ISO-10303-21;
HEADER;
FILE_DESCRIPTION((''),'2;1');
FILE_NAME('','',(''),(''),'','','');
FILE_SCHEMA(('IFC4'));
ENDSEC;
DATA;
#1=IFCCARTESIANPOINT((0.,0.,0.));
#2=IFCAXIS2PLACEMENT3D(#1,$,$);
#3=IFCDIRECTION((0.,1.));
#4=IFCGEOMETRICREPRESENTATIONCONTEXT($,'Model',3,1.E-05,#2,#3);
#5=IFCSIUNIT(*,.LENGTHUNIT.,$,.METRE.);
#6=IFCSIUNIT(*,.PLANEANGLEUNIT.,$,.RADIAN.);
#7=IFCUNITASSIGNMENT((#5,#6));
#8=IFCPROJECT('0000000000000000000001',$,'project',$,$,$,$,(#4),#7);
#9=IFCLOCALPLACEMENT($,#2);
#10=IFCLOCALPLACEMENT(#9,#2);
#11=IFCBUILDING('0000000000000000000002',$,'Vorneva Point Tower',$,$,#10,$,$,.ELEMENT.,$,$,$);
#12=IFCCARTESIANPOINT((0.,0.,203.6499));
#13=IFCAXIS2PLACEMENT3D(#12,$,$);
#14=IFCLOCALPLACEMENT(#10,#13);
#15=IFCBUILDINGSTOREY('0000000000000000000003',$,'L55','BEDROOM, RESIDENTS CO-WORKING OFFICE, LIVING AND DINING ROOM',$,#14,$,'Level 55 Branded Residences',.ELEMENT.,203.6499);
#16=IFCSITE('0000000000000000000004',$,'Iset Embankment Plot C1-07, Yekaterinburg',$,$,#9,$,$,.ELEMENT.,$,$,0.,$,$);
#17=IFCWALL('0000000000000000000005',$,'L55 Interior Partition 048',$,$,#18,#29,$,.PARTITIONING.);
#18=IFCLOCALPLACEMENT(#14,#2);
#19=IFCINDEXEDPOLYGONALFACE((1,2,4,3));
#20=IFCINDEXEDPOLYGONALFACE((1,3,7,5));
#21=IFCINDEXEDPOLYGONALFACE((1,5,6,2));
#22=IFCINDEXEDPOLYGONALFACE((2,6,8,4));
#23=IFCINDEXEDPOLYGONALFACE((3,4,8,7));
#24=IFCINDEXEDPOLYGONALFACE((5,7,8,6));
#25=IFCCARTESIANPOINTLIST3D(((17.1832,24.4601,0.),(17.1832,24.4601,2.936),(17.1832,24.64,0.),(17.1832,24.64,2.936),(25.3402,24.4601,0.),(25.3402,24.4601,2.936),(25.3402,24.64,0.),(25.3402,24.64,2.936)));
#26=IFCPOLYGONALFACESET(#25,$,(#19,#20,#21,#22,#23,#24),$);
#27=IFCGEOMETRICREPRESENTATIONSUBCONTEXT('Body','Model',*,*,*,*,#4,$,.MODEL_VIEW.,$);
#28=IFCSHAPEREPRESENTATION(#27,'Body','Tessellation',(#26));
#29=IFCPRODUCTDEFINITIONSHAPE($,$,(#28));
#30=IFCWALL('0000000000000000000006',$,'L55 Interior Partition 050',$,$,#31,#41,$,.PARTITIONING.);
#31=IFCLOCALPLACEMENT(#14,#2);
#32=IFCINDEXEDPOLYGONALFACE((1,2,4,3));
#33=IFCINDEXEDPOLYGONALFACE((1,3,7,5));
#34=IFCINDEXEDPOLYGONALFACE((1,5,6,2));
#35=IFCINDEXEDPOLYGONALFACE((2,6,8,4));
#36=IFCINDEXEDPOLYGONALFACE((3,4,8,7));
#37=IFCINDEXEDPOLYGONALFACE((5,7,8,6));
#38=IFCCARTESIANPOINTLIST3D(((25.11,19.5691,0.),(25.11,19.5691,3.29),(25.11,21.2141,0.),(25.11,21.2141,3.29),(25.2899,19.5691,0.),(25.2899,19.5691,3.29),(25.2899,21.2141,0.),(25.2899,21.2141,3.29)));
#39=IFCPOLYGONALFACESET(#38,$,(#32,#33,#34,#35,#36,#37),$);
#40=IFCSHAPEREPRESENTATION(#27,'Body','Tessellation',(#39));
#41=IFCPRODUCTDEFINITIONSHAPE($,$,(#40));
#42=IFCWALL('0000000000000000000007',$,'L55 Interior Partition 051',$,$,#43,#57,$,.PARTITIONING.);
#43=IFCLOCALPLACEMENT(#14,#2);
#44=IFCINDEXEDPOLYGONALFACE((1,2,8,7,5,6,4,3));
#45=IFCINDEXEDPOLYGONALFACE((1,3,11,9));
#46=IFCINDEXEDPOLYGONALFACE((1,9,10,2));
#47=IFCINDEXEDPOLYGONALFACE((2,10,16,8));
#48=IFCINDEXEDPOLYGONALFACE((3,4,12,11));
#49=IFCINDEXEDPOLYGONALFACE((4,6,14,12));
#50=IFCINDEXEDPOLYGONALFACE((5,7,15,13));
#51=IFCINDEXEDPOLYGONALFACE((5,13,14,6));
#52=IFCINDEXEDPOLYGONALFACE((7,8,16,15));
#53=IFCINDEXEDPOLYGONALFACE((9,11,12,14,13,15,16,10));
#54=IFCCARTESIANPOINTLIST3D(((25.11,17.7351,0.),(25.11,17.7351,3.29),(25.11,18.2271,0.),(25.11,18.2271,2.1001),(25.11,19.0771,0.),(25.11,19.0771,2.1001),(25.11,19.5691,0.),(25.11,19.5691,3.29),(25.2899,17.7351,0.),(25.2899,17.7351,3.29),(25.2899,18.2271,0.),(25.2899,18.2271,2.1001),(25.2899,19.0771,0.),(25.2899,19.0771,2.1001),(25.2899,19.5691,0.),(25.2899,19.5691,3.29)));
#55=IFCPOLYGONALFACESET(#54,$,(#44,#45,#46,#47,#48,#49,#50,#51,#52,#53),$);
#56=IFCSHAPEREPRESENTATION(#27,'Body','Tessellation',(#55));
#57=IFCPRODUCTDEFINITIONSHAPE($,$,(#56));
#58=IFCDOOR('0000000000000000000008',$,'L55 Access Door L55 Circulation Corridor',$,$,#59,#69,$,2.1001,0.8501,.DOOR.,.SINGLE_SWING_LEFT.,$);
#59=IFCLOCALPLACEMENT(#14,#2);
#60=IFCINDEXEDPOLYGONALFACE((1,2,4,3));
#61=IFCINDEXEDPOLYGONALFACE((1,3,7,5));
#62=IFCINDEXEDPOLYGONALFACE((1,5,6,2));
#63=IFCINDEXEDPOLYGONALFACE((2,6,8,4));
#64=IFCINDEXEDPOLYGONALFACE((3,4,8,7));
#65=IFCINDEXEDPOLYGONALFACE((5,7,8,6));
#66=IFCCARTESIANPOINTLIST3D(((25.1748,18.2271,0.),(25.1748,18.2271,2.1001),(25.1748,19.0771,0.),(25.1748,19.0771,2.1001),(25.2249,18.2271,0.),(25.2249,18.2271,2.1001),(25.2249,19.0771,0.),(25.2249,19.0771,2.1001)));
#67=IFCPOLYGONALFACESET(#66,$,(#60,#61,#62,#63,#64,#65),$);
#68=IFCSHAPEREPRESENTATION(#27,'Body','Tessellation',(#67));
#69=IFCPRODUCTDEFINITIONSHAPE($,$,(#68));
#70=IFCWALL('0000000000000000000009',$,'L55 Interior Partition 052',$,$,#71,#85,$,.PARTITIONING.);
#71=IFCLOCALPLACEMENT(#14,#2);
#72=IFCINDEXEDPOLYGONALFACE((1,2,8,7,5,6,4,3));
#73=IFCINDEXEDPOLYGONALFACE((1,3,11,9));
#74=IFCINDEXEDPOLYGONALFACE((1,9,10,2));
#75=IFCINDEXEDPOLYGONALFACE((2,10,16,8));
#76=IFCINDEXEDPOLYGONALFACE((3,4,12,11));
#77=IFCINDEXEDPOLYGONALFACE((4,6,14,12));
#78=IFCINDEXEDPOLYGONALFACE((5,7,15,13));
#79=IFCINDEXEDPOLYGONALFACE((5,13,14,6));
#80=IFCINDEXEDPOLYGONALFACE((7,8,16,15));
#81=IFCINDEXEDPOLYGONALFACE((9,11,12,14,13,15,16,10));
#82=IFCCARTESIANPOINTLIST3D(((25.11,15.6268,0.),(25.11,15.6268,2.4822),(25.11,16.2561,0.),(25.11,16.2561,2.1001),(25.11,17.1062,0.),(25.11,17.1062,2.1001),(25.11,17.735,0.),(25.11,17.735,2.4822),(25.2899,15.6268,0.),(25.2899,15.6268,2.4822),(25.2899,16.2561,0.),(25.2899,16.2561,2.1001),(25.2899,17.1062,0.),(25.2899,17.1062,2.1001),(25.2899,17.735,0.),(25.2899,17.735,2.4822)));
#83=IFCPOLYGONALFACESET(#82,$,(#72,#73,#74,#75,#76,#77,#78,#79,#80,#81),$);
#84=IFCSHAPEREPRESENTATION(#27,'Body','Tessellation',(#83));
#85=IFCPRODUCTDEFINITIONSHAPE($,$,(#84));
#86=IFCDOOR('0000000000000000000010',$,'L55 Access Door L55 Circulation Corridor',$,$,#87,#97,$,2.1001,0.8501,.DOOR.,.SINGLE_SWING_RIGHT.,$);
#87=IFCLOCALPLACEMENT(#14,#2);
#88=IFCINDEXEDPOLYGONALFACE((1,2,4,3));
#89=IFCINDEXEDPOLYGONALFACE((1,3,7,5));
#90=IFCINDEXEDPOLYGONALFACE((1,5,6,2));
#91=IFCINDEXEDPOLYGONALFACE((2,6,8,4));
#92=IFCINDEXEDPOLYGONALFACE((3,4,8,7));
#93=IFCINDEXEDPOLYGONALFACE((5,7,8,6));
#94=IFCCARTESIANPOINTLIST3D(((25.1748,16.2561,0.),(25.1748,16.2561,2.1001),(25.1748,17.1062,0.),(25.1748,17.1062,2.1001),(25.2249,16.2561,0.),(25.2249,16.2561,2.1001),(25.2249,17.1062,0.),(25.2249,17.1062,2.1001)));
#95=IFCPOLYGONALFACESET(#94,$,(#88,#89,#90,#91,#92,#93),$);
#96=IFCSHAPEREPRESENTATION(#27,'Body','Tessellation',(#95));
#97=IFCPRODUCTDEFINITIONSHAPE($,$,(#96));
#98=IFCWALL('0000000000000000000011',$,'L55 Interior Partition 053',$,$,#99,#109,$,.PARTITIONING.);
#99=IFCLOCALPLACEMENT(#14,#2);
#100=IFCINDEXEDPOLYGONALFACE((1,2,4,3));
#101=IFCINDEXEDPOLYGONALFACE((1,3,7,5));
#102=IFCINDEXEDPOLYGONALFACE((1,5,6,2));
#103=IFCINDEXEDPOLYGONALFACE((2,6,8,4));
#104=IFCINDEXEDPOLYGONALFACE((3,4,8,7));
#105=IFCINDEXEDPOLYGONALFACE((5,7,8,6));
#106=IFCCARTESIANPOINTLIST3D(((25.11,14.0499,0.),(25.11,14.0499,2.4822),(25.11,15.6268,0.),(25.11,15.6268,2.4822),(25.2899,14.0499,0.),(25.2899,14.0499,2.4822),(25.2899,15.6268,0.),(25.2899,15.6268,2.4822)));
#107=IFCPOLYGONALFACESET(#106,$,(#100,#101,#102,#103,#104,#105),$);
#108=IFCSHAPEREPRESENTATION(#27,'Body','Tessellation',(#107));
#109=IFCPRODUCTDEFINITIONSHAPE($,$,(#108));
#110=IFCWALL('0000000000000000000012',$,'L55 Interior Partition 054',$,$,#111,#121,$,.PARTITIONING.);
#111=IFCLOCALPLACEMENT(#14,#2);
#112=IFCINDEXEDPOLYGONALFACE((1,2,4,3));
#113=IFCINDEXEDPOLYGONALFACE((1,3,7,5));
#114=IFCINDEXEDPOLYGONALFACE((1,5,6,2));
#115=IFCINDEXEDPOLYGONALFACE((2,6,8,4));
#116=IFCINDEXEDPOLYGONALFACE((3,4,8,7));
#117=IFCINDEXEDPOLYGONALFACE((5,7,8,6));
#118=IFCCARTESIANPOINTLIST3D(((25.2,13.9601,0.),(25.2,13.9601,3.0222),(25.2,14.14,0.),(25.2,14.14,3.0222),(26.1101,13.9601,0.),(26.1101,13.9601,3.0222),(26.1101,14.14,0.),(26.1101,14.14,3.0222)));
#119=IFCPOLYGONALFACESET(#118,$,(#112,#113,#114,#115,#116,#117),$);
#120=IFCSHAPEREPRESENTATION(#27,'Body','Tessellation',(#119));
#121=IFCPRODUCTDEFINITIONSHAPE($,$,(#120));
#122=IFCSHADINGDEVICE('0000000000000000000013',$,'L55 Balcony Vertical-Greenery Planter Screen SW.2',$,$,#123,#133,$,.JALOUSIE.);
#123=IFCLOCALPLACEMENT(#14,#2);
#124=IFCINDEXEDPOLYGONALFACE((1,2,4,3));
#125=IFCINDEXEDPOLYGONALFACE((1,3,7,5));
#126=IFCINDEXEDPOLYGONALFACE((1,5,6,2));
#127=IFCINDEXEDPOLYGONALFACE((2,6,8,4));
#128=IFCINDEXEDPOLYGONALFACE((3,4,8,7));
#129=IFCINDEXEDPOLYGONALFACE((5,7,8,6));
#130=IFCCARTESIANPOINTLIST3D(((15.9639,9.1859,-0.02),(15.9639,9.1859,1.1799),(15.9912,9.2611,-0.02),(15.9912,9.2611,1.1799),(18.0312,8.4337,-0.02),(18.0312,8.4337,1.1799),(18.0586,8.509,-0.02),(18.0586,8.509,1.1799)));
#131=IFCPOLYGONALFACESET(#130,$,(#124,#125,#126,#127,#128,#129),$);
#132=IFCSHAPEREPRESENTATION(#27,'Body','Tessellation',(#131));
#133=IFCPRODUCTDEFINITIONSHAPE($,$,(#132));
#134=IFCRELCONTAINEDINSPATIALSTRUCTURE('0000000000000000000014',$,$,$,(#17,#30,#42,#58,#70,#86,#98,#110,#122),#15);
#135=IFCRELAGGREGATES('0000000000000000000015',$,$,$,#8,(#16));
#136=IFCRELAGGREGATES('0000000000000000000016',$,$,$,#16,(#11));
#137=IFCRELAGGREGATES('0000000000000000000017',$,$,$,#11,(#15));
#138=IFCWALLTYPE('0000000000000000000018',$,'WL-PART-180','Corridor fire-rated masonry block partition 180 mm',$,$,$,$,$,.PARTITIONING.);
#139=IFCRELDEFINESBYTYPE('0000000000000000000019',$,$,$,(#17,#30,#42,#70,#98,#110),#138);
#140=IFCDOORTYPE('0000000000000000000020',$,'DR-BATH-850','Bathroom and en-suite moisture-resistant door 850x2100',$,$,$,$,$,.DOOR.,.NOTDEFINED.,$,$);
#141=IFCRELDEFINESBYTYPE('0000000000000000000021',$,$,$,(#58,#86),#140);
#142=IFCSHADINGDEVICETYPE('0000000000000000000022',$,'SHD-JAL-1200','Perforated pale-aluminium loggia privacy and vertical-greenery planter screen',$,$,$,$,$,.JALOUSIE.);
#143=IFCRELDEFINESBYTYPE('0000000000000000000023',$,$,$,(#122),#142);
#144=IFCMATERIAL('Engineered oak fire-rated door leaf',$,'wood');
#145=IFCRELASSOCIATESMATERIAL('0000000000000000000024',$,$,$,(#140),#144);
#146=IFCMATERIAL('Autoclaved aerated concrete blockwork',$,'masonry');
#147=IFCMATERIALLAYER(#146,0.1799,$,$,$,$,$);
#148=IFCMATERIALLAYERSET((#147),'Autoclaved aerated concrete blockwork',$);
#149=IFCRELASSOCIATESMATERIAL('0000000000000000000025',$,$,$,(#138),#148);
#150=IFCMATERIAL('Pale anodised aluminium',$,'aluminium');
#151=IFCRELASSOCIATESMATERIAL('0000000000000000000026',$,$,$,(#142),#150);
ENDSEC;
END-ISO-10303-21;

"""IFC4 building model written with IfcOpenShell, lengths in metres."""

from ifc_helpers import new_model, si_unit, direction, frame, frame_2d, origin, origin_2d, place, context, subcontext, project, spatial, rectangle, extrude, material, layer, layer_set, type_object, element, fill, save


model = new_model("IFC4")

# Units and contexts
model_context = context("Model", 3, precision=1e-05, world=origin(), true_north=direction((0.0, 1.0)))
body_context = subcontext(model_context, "Body", "Model", "MODEL_VIEW")
ifc_project = project(units=[si_unit("LENGTHUNIT", "METRE"), si_unit("PLANEANGLEUNIT", "RADIAN")], contexts=[model_context])

# Site, building, storey
site_placement = place(None, origin())
site = spatial("IfcSite", under=ifc_project, at=site_placement, Name="Iset Embankment Plot C1-07, Yekaterinburg", CompositionType="ELEMENT", RefElevation=0.0)
building_placement = place(site_placement, origin())
building = spatial("IfcBuilding", under=site, at=building_placement, Name="Vorneva Point Tower", CompositionType="ELEMENT")
storey_placement = place(building_placement, frame((0.0, 0.0, 203.6499)))
storey = spatial("IfcBuildingStorey", under=building, at=storey_placement, Name="L55", Description="BEDROOM, RESIDENTS CO-WORKING OFFICE, LIVING AND DINING ROOM", LongName="Level 55 Branded Residences", CompositionType="ELEMENT", Elevation=203.6499)

# Shared definitions
ifc_material_1 = material(Name="Pale anodised aluminium", Category="aluminium")

# Shared definitions
ifc_material_2 = material(Name="Engineered oak fire-rated door leaf", Category="wood")
door_type_1 = type_object("IfcDoorType", Name="DR-BATH-850", Description="Bathroom and en-suite moisture-resistant door 850x2100", OperationType="NOTDEFINED", PredefinedType="DOOR", material=ifc_material_2)

# Shared definitions
ifc_material_3 = material(Name="Autoclaved aerated concrete blockwork", Category="masonry")
ifc_layer_1 = layer(ifc_material_3, 0.1799)
ifc_layer_set_1 = layer_set([ifc_layer_1], Name="Autoclaved aerated concrete blockwork")
wall_type_1 = type_object("IfcWallType", Name="WL-PART-180", Description="Corridor fire-rated masonry block partition 180 mm", PredefinedType="PARTITIONING", material=ifc_layer_set_1)

# Walls
wall_1_placement = place(storey_placement, frame((17.1831, 24.55, 0.0), z_axis=(0.0, 0.0, 1.0), x_axis=(1.0, 0.0, 0.0)))
element("IfcWall", 1, at=wall_1_placement, inside=storey, type_object=wall_type_1, Name="L55 Interior Partition 048", PredefinedType="PARTITIONING", context=body_context, shape_type="SweptSolid", body=[
    extrude(rectangle(XDim=8.157, YDim=0.1799, at=frame_2d((4.0786, 0.0))), origin(), (0.0, 0.0, 1.0), 2.936),
])
wall_2_placement = place(storey_placement, frame((25.2, 21.2141, 0.0), z_axis=(0.0, 0.0, 1.0), x_axis=(0.0, -1.0, 0.0)))
element("IfcWall", 2, at=wall_2_placement, inside=storey, type_object=wall_type_1, Name="L55 Interior Partition 050", PredefinedType="PARTITIONING", context=body_context, shape_type="SweptSolid", body=[
    extrude(rectangle(XDim=1.645, YDim=0.1799, at=frame_2d((0.8225, 0.0))), origin(), (0.0, 0.0, 1.0), 3.29),
])

# Walls, openings, doors
wall_3_placement = place(storey_placement, frame((25.2, 19.5691, 0.0), z_axis=(0.0, 0.0, 1.0), x_axis=(0.0, -1.0, 0.0)))
wall_3 = element("IfcWall", 3, at=wall_3_placement, inside=storey, type_object=wall_type_1, Name="L55 Interior Partition 051", PredefinedType="PARTITIONING", context=body_context, shape_type="SweptSolid", body=[
    extrude(rectangle(XDim=1.834, YDim=0.1799, at=frame_2d((0.917, 0.0))), origin(), (0.0, 0.0, 1.0), 3.29),
])
opening_1_placement = place(wall_3_placement, frame((0.4919, 0.0, 0.0)))
opening_1 = element("IfcOpeningElement", 4, at=opening_1_placement, cuts=wall_3, PredefinedType="OPENING", context=body_context, shape_type="SweptSolid", body=[
    extrude(rectangle(XDim=0.8501, YDim=2.1001, at=frame_2d((0.425, 1.05))), frame((0.0, 0.105, 0.0), z_axis=(0.0, -1.0, 0.0), x_axis=(1.0, 0.0, 0.0)), (0.0, 0.0, 1.0), 0.2097),
])
door_1_placement = place(opening_1_placement, origin())
door_1 = element("IfcDoor", 5, at=door_1_placement, inside=storey, type_object=door_type_1, Name="L55 Access Door L55 Circulation Corridor", OperationType="SINGLE_SWING_LEFT", OverallHeight=2.1001, OverallWidth=0.8501, PredefinedType="DOOR", context=body_context, shape_type="SweptSolid", body=[
    extrude(rectangle(XDim=0.8501, YDim=2.1001, at=frame_2d((0.425, 1.05))), frame((0.0, 0.0249, 0.0), z_axis=(0.0, -1.0, 0.0), x_axis=(1.0, 0.0, 0.0)), (0.0, 0.0, 1.0), 0.05),
])
fill(opening_1, door_1)
wall_4_placement = place(storey_placement, frame((25.2, 17.7351, 0.0), z_axis=(0.0, 0.0, 1.0), x_axis=(0.0, -1.0, 0.0)))
wall_4 = element("IfcWall", 6, at=wall_4_placement, inside=storey, type_object=wall_type_1, Name="L55 Interior Partition 052", PredefinedType="PARTITIONING", context=body_context, shape_type="SweptSolid", body=[
    extrude(rectangle(XDim=2.1082, YDim=0.1799, at=frame_2d((1.0542, 0.0))), origin(), (0.0, 0.0, 1.0), 2.4822),
])
opening_2_placement = place(wall_4_placement, frame((0.6289, 0.0, 0.0)))
opening_2 = element("IfcOpeningElement", 7, at=opening_2_placement, cuts=wall_4, PredefinedType="OPENING", context=body_context, shape_type="SweptSolid", body=[
    extrude(rectangle(XDim=0.8501, YDim=2.1001, at=frame_2d((0.425, 1.05))), frame((0.0, 0.105, 0.0), z_axis=(0.0, -1.0, 0.0), x_axis=(1.0, 0.0, 0.0)), (0.0, 0.0, 1.0), 0.2097),
])
door_2_placement = place(opening_2_placement, origin())
door_2 = element("IfcDoor", 8, at=door_2_placement, inside=storey, type_object=door_type_1, Name="L55 Access Door L55 Circulation Corridor", OperationType="SINGLE_SWING_RIGHT", OverallHeight=2.1001, OverallWidth=0.8501, PredefinedType="DOOR", context=body_context, shape_type="SweptSolid", body=[
    extrude(rectangle(XDim=0.8501, YDim=2.1001, at=frame_2d((0.425, 1.05))), frame((0.0, 0.0249, 0.0), z_axis=(0.0, -1.0, 0.0), x_axis=(1.0, 0.0, 0.0)), (0.0, 0.0, 1.0), 0.05),
])
fill(opening_2, door_2)

# Walls
wall_5_placement = place(storey_placement, frame((25.2, 15.627, 0.0), z_axis=(0.0, 0.0, 1.0), x_axis=(0.0, -1.0, 0.0)))
element("IfcWall", 9, at=wall_5_placement, inside=storey, type_object=wall_type_1, Name="L55 Interior Partition 053", PredefinedType="PARTITIONING", context=body_context, shape_type="SweptSolid", body=[
    extrude(rectangle(XDim=1.5769, YDim=0.1799, at=frame_2d((0.7886, 0.0))), origin(), (0.0, 0.0, 1.0), 2.4822),
])
wall_6_placement = place(storey_placement, frame((25.2, 14.05, 0.0), z_axis=(0.0, 0.0, 1.0), x_axis=(1.0, 0.0, 0.0)))
element("IfcWall", 10, at=wall_6_placement, inside=storey, type_object=wall_type_1, Name="L55 Interior Partition 054", PredefinedType="PARTITIONING", context=body_context, shape_type="SweptSolid", body=[
    extrude(rectangle(XDim=0.9102, YDim=0.1799, at=frame_2d((0.4551, 0.0))), origin(), (0.0, 0.0, 1.0), 3.0222),
])

# Shading device
shading_device_type = type_object("IfcShadingDeviceType", Name="SHD-JAL-1200", Description="Perforated pale-aluminium loggia privacy and vertical-greenery planter screen", PredefinedType="JALOUSIE", material=ifc_material_1)
shading_device_placement = place(storey_placement, frame((17.0112, 8.8474, -0.02), z_axis=(0.0, 0.0, 1.0), x_axis=(0.939734, -0.341905, 0.0)))
element("IfcShadingDevice", 11, at=shading_device_placement, inside=storey, type_object=shading_device_type, Name="L55 Balcony Vertical-Greenery Planter Screen SW.2", PredefinedType="JALOUSIE", context=body_context, shape_type="SweptSolid", body=[
    extrude(rectangle(XDim=2.2, YDim=0.0801, at=origin_2d()), origin(), (0.0, 0.0, 1.0), 1.2),
])

save(model, "model.ifc")
